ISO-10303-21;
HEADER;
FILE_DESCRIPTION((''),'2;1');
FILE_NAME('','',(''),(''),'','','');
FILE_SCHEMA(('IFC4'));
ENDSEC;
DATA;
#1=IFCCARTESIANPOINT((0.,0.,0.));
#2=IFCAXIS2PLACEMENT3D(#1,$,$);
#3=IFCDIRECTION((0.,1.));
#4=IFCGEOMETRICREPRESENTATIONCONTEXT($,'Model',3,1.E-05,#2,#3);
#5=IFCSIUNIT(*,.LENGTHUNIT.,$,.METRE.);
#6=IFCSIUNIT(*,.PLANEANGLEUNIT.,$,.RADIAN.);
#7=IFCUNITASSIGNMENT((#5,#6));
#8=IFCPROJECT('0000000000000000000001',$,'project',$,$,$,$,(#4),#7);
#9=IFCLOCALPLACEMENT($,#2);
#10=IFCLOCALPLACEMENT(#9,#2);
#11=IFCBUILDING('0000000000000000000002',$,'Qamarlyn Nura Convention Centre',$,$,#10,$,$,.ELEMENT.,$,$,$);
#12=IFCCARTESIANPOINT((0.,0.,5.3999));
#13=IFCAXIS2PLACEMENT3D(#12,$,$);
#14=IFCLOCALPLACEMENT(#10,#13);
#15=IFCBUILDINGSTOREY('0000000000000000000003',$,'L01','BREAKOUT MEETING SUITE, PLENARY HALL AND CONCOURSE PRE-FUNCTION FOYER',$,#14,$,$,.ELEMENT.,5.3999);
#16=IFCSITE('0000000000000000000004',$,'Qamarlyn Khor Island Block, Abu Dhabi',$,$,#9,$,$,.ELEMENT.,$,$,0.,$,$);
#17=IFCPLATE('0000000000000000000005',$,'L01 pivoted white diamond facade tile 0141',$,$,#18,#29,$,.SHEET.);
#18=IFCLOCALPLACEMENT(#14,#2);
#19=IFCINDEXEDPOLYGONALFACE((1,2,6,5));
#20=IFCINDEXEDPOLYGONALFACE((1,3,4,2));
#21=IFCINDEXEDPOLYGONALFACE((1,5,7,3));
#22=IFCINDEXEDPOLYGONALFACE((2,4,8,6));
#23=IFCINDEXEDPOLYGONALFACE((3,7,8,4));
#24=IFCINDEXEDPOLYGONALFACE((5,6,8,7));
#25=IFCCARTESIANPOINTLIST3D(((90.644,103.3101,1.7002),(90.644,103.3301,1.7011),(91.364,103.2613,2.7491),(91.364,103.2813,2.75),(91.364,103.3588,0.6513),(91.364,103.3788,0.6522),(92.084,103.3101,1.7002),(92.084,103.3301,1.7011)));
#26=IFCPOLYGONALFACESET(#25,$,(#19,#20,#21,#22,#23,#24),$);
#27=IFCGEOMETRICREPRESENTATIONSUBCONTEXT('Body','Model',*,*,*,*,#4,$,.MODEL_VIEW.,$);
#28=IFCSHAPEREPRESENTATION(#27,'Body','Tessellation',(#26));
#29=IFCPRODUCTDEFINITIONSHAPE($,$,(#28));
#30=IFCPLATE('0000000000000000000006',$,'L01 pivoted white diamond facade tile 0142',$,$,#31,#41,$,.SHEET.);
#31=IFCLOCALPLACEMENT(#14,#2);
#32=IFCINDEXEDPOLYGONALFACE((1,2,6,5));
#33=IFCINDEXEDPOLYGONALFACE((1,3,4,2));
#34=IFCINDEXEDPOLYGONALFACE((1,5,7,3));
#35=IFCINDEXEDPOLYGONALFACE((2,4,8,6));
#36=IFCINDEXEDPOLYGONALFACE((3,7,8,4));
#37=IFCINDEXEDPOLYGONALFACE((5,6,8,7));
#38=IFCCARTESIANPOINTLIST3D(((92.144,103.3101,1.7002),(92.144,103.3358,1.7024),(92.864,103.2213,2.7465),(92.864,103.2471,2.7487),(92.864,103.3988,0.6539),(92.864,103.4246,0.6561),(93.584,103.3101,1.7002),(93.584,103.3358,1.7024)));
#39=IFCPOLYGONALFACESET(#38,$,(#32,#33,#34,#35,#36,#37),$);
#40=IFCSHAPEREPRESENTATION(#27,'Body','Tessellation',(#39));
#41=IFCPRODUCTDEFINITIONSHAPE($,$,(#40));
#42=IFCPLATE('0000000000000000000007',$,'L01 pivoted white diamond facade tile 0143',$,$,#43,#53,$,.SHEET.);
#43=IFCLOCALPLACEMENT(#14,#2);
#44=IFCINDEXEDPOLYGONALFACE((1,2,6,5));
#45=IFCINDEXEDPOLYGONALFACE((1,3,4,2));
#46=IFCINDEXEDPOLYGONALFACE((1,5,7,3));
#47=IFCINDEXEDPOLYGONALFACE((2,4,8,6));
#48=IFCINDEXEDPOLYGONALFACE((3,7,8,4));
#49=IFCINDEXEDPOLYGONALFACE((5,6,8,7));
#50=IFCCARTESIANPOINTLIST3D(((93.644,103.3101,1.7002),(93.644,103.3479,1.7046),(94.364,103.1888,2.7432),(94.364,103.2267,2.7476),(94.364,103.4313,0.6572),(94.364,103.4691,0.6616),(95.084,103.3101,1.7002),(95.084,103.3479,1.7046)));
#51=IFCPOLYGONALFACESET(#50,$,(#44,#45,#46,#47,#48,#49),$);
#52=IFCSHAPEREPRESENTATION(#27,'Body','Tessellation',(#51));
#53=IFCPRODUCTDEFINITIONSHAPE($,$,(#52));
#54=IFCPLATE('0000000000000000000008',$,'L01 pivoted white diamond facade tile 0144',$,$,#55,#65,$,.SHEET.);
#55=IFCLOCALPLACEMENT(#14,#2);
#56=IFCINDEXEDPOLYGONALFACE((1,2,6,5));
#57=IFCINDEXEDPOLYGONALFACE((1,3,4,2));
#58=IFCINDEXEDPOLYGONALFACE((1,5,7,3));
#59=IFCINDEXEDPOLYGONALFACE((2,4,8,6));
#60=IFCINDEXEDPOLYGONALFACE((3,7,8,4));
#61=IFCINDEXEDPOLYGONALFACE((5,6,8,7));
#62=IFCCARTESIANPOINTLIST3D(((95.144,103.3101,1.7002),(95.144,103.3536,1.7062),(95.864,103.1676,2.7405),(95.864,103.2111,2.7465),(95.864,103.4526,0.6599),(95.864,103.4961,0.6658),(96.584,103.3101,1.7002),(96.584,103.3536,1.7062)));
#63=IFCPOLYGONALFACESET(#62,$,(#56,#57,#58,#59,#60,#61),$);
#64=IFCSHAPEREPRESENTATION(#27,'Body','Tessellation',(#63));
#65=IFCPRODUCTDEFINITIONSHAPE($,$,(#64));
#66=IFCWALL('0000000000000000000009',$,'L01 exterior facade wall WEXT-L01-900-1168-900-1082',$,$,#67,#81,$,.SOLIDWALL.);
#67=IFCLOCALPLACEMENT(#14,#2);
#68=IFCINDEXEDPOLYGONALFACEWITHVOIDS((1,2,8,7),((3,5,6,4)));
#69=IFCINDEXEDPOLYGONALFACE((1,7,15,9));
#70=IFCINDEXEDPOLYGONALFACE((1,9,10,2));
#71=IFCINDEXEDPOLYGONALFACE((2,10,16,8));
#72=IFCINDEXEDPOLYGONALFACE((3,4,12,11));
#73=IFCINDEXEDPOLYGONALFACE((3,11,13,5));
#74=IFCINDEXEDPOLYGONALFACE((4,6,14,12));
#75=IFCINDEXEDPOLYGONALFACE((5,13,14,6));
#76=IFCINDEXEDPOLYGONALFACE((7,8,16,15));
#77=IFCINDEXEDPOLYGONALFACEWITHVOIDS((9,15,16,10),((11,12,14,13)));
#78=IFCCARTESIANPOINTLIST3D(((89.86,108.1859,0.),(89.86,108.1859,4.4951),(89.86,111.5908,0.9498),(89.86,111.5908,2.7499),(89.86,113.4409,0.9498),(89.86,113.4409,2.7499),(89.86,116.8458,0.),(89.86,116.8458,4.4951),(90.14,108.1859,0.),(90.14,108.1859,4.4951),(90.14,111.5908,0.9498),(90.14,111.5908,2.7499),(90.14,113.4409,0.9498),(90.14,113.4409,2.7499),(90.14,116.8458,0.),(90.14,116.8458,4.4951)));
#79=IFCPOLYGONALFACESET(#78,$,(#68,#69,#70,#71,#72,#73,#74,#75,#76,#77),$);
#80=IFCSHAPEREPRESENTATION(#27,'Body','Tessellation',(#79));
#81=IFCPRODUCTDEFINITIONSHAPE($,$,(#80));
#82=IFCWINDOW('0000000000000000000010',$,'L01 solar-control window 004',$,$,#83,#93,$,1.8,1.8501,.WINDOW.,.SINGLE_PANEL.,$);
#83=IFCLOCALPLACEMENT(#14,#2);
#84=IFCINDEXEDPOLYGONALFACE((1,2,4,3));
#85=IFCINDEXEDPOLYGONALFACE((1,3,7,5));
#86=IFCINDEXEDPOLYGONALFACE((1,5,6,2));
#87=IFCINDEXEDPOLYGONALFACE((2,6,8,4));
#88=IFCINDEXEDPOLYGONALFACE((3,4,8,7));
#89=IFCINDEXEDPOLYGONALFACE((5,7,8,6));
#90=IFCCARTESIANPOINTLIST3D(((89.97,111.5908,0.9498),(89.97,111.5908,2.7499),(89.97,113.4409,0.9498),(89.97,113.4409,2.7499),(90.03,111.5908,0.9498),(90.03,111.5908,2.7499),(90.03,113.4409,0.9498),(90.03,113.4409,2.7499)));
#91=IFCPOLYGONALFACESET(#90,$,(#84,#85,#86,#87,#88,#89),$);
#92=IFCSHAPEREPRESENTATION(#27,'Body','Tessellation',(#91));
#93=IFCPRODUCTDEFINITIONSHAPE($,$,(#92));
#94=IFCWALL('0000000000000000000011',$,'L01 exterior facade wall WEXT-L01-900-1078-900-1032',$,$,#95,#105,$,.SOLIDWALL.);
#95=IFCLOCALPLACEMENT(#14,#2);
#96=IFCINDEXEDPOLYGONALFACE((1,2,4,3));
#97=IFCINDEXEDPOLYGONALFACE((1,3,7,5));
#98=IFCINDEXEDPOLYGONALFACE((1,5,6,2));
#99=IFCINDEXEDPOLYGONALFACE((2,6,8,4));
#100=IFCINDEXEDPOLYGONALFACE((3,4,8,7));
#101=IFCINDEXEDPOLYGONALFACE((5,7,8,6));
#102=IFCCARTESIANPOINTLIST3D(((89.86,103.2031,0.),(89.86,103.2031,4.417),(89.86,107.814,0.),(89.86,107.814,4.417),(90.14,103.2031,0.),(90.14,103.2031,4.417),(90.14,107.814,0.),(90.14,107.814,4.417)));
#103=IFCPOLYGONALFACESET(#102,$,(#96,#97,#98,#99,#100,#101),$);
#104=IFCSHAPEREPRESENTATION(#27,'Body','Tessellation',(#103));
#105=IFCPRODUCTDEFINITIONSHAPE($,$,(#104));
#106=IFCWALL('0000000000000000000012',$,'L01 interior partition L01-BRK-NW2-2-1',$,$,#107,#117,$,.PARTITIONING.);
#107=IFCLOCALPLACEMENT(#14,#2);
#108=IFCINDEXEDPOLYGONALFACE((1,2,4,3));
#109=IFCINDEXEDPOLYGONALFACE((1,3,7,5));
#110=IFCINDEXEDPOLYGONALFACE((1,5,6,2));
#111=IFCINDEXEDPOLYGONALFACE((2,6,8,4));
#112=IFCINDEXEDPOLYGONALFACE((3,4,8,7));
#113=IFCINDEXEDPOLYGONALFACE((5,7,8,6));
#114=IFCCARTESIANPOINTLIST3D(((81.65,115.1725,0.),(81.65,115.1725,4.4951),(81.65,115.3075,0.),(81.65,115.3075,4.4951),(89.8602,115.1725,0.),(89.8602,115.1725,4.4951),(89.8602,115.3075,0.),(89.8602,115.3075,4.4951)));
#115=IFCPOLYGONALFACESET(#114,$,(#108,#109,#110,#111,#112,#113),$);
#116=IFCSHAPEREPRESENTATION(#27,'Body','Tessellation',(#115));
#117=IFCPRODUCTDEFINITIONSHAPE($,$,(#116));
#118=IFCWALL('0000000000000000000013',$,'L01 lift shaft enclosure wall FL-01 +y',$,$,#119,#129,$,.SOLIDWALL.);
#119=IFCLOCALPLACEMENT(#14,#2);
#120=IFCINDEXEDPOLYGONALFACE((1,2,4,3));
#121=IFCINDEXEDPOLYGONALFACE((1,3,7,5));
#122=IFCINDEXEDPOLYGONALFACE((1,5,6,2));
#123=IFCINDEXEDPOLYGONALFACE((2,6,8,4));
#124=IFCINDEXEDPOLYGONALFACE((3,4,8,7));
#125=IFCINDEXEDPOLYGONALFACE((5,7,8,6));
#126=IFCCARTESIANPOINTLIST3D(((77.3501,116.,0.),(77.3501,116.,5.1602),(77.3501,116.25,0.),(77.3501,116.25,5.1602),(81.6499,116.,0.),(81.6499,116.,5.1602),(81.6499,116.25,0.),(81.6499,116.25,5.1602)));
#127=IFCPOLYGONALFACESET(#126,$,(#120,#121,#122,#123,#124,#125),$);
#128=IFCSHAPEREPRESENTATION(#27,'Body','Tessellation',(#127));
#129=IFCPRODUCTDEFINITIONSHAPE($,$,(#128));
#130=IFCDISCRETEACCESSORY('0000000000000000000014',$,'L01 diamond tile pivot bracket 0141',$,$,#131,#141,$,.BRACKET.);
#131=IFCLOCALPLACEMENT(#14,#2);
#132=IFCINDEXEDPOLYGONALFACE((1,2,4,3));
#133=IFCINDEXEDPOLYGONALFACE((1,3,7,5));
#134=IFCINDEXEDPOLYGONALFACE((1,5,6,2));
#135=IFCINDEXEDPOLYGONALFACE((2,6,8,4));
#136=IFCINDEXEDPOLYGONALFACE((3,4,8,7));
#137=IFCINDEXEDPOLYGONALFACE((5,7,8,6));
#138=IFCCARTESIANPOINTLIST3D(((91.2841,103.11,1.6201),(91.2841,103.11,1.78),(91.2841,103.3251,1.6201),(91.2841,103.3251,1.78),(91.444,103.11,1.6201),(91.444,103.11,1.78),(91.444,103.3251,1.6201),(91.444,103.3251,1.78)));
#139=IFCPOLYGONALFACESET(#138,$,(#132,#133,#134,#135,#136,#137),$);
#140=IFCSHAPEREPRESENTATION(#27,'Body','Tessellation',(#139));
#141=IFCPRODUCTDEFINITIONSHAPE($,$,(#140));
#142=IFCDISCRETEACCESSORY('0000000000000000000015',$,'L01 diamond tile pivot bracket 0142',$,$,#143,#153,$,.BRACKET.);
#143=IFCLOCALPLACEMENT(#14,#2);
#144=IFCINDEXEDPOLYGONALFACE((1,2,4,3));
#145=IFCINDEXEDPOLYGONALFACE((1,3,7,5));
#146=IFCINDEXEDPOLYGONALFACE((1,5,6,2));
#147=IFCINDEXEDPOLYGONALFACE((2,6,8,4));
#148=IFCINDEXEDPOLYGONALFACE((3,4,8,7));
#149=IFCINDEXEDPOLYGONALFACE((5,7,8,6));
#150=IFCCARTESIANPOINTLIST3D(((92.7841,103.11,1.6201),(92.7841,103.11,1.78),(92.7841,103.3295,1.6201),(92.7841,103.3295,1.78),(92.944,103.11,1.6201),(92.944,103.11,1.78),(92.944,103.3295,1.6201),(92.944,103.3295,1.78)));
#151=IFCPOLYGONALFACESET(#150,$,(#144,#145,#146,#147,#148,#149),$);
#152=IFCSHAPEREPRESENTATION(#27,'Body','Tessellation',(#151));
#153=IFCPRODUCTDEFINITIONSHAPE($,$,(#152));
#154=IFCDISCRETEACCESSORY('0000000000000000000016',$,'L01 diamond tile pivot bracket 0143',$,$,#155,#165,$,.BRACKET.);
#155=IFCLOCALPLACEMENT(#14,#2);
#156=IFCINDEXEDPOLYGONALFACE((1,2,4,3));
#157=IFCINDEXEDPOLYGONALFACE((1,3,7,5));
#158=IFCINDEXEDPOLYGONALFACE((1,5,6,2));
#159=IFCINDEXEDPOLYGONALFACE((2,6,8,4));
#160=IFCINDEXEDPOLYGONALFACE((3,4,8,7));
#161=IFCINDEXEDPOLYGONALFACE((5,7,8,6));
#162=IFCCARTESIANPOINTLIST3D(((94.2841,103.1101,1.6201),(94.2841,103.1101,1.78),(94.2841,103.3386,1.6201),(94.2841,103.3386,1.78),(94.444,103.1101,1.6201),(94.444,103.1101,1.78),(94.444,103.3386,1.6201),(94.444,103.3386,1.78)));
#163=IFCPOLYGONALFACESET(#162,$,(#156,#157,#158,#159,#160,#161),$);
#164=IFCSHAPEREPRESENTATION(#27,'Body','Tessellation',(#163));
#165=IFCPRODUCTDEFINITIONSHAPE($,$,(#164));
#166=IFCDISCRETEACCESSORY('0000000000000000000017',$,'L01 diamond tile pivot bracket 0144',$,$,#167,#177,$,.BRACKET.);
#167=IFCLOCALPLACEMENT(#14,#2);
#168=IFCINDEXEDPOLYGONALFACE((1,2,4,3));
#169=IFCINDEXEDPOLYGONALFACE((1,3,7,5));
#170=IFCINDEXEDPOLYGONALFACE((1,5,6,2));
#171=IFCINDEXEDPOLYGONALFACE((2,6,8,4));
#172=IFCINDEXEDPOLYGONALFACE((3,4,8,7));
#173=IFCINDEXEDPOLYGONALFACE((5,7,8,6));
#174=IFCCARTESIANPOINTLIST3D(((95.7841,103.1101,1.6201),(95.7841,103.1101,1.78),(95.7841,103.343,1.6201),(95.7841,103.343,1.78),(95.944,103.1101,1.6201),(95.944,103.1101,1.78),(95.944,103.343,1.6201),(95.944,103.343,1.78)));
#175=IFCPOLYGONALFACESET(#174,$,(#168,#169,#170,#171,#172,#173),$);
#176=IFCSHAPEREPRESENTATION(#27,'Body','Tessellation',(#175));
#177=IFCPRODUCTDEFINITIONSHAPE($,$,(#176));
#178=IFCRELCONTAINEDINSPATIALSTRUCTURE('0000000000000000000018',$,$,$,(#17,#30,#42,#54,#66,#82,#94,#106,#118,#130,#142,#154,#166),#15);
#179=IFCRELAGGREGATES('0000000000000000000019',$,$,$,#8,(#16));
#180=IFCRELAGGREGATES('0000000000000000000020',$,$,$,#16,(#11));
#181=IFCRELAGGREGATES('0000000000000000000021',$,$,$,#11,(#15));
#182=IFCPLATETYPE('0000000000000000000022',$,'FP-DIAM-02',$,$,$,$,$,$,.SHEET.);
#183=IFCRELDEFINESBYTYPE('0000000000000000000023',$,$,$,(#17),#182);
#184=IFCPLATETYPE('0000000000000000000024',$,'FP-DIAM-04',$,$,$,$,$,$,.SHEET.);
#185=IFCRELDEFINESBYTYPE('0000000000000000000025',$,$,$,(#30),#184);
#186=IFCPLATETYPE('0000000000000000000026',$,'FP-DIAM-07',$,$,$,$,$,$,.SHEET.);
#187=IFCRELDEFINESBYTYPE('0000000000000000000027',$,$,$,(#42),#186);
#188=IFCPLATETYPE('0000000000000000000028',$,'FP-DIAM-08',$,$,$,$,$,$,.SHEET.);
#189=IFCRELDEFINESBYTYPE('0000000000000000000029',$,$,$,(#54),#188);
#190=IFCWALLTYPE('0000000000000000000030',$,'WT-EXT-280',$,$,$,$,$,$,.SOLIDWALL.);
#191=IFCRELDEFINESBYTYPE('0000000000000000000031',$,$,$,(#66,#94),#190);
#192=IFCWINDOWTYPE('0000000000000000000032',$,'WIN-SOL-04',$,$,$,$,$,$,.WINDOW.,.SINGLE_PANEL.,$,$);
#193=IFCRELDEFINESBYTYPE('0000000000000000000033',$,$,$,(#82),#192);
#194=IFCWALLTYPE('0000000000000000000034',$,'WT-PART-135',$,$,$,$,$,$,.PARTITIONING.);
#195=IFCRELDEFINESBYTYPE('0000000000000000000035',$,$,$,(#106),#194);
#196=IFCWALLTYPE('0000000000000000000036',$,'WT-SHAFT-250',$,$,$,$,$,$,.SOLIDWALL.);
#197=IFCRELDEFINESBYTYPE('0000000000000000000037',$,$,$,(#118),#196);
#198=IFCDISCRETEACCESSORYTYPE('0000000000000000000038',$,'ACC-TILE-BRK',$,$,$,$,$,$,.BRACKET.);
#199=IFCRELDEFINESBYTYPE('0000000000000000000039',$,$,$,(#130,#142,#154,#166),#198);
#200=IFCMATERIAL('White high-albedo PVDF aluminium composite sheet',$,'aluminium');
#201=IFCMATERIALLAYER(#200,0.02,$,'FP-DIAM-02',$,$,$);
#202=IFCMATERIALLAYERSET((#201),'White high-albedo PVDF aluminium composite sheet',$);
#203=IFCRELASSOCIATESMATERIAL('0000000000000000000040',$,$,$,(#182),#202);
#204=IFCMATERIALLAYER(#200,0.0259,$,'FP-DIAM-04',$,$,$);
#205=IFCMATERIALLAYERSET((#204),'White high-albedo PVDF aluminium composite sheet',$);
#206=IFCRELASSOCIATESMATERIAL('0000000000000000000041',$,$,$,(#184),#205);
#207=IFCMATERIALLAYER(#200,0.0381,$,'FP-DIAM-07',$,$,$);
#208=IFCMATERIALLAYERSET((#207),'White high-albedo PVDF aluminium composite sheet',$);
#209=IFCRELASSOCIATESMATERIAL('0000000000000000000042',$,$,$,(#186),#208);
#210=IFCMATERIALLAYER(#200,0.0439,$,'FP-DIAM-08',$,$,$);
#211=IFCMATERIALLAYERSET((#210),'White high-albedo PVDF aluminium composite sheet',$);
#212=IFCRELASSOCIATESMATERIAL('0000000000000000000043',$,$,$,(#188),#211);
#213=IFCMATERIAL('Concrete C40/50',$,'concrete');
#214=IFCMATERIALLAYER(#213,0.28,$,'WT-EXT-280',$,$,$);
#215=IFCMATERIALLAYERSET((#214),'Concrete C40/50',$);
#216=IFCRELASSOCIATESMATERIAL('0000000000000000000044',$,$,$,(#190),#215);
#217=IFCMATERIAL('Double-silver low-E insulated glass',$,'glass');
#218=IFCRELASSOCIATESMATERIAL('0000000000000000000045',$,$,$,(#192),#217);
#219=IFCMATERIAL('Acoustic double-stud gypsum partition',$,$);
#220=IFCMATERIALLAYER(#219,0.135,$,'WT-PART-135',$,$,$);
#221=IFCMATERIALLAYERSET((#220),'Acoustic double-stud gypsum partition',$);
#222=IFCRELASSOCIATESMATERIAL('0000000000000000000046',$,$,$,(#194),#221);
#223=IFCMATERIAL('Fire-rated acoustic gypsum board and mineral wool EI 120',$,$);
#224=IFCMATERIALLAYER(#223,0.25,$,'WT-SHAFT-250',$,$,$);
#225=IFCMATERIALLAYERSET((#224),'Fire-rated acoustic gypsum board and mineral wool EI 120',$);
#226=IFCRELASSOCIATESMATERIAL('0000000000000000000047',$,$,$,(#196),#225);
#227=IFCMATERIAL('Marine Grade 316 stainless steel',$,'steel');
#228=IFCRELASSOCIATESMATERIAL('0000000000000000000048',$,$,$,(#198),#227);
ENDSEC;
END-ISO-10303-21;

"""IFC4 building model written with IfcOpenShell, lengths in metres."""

from ifc_helpers import new_model, si_unit, direction, frame, frame_2d, origin, origin_2d, place, context, subcontext, project, spatial, polyline, rectangle, outline, extrude, material, layer, layer_set, type_object, element, fill, save


model = new_model("IFC4")

# Units and contexts
model_context = context("Model", 3, precision=1e-05, world=origin(), true_north=direction((0.0, 1.0)))
body_context = subcontext(model_context, "Body", "Model", "MODEL_VIEW")
ifc_project = project(units=[si_unit("LENGTHUNIT", "METRE"), si_unit("PLANEANGLEUNIT", "RADIAN")], contexts=[model_context])

# Site, building, storey
site_placement = place(None, origin())
site = spatial("IfcSite", under=ifc_project, at=site_placement, Name="Qamarlyn Khor Island Block, Abu Dhabi", CompositionType="ELEMENT", RefElevation=0.0)
building_placement = place(site_placement, origin())
building = spatial("IfcBuilding", under=site, at=building_placement, Name="Qamarlyn Nura Convention Centre", CompositionType="ELEMENT")
storey_placement = place(building_placement, frame((0.0, 0.0, 5.3999)))
storey = spatial("IfcBuildingStorey", under=building, at=storey_placement, Name="L01", Description="BREAKOUT MEETING SUITE, PLENARY HALL AND CONCOURSE PRE-FUNCTION FOYER", CompositionType="ELEMENT", Elevation=5.3999)

# Plates
ifc_material_1 = material(Name="White high-albedo PVDF aluminium composite sheet", Category="aluminium")
ifc_layer_1 = layer(ifc_material_1, 0.02, Name="FP-DIAM-02")
ifc_layer_set_1 = layer_set([ifc_layer_1], Name="White high-albedo PVDF aluminium composite sheet")
plate_type_1 = type_object("IfcPlateType", Name="FP-DIAM-02", PredefinedType="SHEET", material=ifc_layer_set_1)
plate_1_placement = place(storey_placement, frame((91.364, 103.3101, 1.7002), z_axis=(0.0, 0.998923, 0.046409), x_axis=(-1.0, 0.0, 0.0)))
element("IfcPlate", 1, at=plate_1_placement, inside=storey, type_object=plate_type_1, Name="L01 pivoted white diamond facade tile 0141", PredefinedType="SHEET", context=body_context, shape_type="SweptSolid", body=[
    extrude(outline(polyline([(-0.72, 0.0), (0.0, -1.05), (0.72, 0.0), (0.0, 1.05), (-0.72, 0.0)])), origin(), (0.0, 0.0, 1.0), 0.02),
])
ifc_layer_2 = layer(ifc_material_1, 0.0259, Name="FP-DIAM-04")
ifc_layer_set_2 = layer_set([ifc_layer_2], Name="White high-albedo PVDF aluminium composite sheet")
plate_type_2 = type_object("IfcPlateType", Name="FP-DIAM-04", PredefinedType="SHEET", material=ifc_layer_set_2)
plate_2_placement = place(storey_placement, frame((92.864, 103.3101, 1.7002), z_axis=(0.0, 0.996419, 0.084547), x_axis=(-1.0, 0.0, 0.0)))
element("IfcPlate", 2, at=plate_2_placement, inside=storey, type_object=plate_type_2, Name="L01 pivoted white diamond facade tile 0142", PredefinedType="SHEET", context=body_context, shape_type="SweptSolid", body=[
    extrude(outline(polyline([(-0.72, 0.0), (0.0, -1.05), (0.72, 0.0), (0.0, 1.05), (-0.72, 0.0)])), origin(), (0.0, 0.0, 1.0), 0.0259),
])
ifc_layer_3 = layer(ifc_material_1, 0.0381, Name="FP-DIAM-07")
ifc_layer_set_3 = layer_set([ifc_layer_3], Name="White high-albedo PVDF aluminium composite sheet")
plate_type_3 = type_object("IfcPlateType", Name="FP-DIAM-07", PredefinedType="SHEET", material=ifc_layer_set_3)
plate_3_placement = place(storey_placement, frame((94.364, 103.3101, 1.7002), z_axis=(0.0, 0.993312, 0.115457), x_axis=(-1.0, 0.0, 0.0)))
element("IfcPlate", 3, at=plate_3_placement, inside=storey, type_object=plate_type_3, Name="L01 pivoted white diamond facade tile 0143", PredefinedType="SHEET", context=body_context, shape_type="SweptSolid", body=[
    extrude(outline(polyline([(-0.72, 0.0), (0.0, -1.05), (0.72, 0.0), (0.0, 1.05), (-0.72, 0.0)])), origin(), (0.0, 0.0, 1.0), 0.0381),
])
ifc_layer_4 = layer(ifc_material_1, 0.0439, Name="FP-DIAM-08")
ifc_layer_set_4 = layer_set([ifc_layer_4], Name="White high-albedo PVDF aluminium composite sheet")
plate_type_4 = type_object("IfcPlateType", Name="FP-DIAM-08", PredefinedType="SHEET", material=ifc_layer_set_4)
plate_4_placement = place(storey_placement, frame((95.864, 103.3101, 1.7002), z_axis=(0.0, 0.990748, 0.135716), x_axis=(-1.0, 0.0, 0.0)))
element("IfcPlate", 4, at=plate_4_placement, inside=storey, type_object=plate_type_4, Name="L01 pivoted white diamond facade tile 0144", PredefinedType="SHEET", context=body_context, shape_type="SweptSolid", body=[
    extrude(outline(polyline([(-0.72, 0.0), (0.0, -1.05), (0.72, 0.0), (0.0, 1.05), (-0.72, 0.0)])), origin(), (0.0, 0.0, 1.0), 0.0439),
])

# Wall, opening, window
ifc_material_2 = material(Name="Concrete C40/50", Category="concrete")
ifc_layer_5 = layer(ifc_material_2, 0.28, Name="WT-EXT-280")
ifc_layer_set_5 = layer_set([ifc_layer_5], Name="Concrete C40/50")
wall_type_1 = type_object("IfcWallType", Name="WT-EXT-280", PredefinedType="SOLIDWALL", material=ifc_layer_set_5)
wall_1_placement = place(storey_placement, frame((90.0, 116.8459, 0.0), z_axis=(0.0, 0.0, 1.0), x_axis=(0.0, -1.0, 0.0)))
wall_1 = element("IfcWall", 5, at=wall_1_placement, inside=storey, type_object=wall_type_1, Name="L01 exterior facade wall WEXT-L01-900-1168-900-1082", PredefinedType="SOLIDWALL", context=body_context, shape_type="SweptSolid", body=[
    extrude(rectangle(XDim=8.6599, YDim=0.28, at=frame_2d((4.3301, 0.0))), origin(), (0.0, 0.0, 1.0), 4.4951),
])
opening_placement = place(wall_1_placement, frame((3.405, 0.0, 0.95)))
opening = element("IfcOpeningElement", 6, at=opening_placement, cuts=wall_1, PredefinedType="OPENING", context=body_context, shape_type="SweptSolid", body=[
    extrude(rectangle(XDim=1.8501, YDim=1.8, at=frame_2d((0.925, 0.8999))), frame((0.0, 0.1499, 0.0), z_axis=(0.0, -1.0, 0.0), x_axis=(1.0, 0.0, 0.0)), (0.0, 0.0, 1.0), 0.3),
])
ifc_material_3 = material(Name="Double-silver low-E insulated glass", Category="glass")
window_type = type_object("IfcWindowType", Name="WIN-SOL-04", PartitioningType="SINGLE_PANEL", PredefinedType="WINDOW", material=ifc_material_3)
window_placement = place(opening_placement, origin())
window = element("IfcWindow", 7, at=window_placement, inside=storey, type_object=window_type, Name="L01 solar-control window 004", OverallHeight=1.8, OverallWidth=1.8501, PartitioningType="SINGLE_PANEL", PredefinedType="WINDOW", context=body_context, shape_type="SweptSolid", body=[
    extrude(rectangle(XDim=1.8501, YDim=1.8, at=frame_2d((0.925, 0.8999))), frame((0.0, 0.03, 0.0), z_axis=(0.0, -1.0, 0.0), x_axis=(1.0, 0.0, 0.0)), (0.0, 0.0, 1.0), 0.0601),
])
fill(opening, window)

# Walls
wall_2_placement = place(storey_placement, frame((90.0, 107.814, 0.0), z_axis=(0.0, 0.0, 1.0), x_axis=(0.0, -1.0, 0.0)))
element("IfcWall", 8, at=wall_2_placement, inside=storey, type_object=wall_type_1, Name="L01 exterior facade wall WEXT-L01-900-1078-900-1032", PredefinedType="SOLIDWALL", context=body_context, shape_type="SweptSolid", body=[
    extrude(rectangle(XDim=4.6108, YDim=0.28, at=frame_2d((2.3054, 0.0))), origin(), (0.0, 0.0, 1.0), 4.417),
])
ifc_material_4 = material(Name="Acoustic double-stud gypsum partition")
ifc_layer_6 = layer(ifc_material_4, 0.135, Name="WT-PART-135")
ifc_layer_set_6 = layer_set([ifc_layer_6], Name="Acoustic double-stud gypsum partition")
wall_type_2 = type_object("IfcWallType", Name="WT-PART-135", PredefinedType="PARTITIONING", material=ifc_layer_set_6)
wall_3_placement = place(storey_placement, frame((89.8601, 115.24, 0.0), z_axis=(0.0, 0.0, 1.0), x_axis=(-1.0, 0.0, 0.0)))
element("IfcWall", 9, at=wall_3_placement, inside=storey, type_object=wall_type_2, Name="L01 interior partition L01-BRK-NW2-2-1", PredefinedType="PARTITIONING", context=body_context, shape_type="SweptSolid", body=[
    extrude(rectangle(XDim=8.2102, YDim=0.135, at=frame_2d((4.105, 0.0))), origin(), (0.0, 0.0, 1.0), 4.4951),
])
ifc_material_5 = material(Name="Fire-rated acoustic gypsum board and mineral wool EI 120")
ifc_layer_7 = layer(ifc_material_5, 0.25, Name="WT-SHAFT-250")
ifc_layer_set_7 = layer_set([ifc_layer_7], Name="Fire-rated acoustic gypsum board and mineral wool EI 120")
wall_type_3 = type_object("IfcWallType", Name="WT-SHAFT-250", PredefinedType="SOLIDWALL", material=ifc_layer_set_7)
wall_4_placement = place(storey_placement, frame((81.6499, 116.125, 0.0), z_axis=(0.0, 0.0, 1.0), x_axis=(-1.0, 0.0, 0.0)))
element("IfcWall", 10, at=wall_4_placement, inside=storey, type_object=wall_type_3, Name="L01 lift shaft enclosure wall FL-01 +y", PredefinedType="SOLIDWALL", context=body_context, shape_type="SweptSolid", body=[
    extrude(rectangle(XDim=4.2998, YDim=0.25, at=frame_2d((2.1499, 0.0))), origin(), (0.0, 0.0, 1.0), 5.1602),
])

# Discrete accessories
ifc_material_6 = material(Name="Marine Grade 316 stainless steel", Category="steel")
discrete_accessory_type = type_object("IfcDiscreteAccessoryType", Name="ACC-TILE-BRK", PredefinedType="BRACKET", material=ifc_material_6)
discrete_accessory_1_placement = place(storey_placement, frame((91.364, 103.2175, 1.6201), z_axis=(0.0, 0.0, 1.0), x_axis=(0.0, 1.0, 0.0)))
element("IfcDiscreteAccessory", 11, at=discrete_accessory_1_placement, inside=storey, type_object=discrete_accessory_type, Name="L01 diamond tile pivot bracket 0141", PredefinedType="BRACKET", context=body_context, shape_type="SweptSolid", body=[
    extrude(rectangle(XDim=0.2151, YDim=0.1599, at=origin_2d()), origin(), (0.0, 0.0, 1.0), 0.1599),
])
discrete_accessory_2_placement = place(storey_placement, frame((92.864, 103.2197, 1.6201), z_axis=(0.0, 0.0, 1.0), x_axis=(0.0, 1.0, 0.0)))
element("IfcDiscreteAccessory", 12, at=discrete_accessory_2_placement, inside=storey, type_object=discrete_accessory_type, Name="L01 diamond tile pivot bracket 0142", PredefinedType="BRACKET", context=body_context, shape_type="SweptSolid", body=[
    extrude(rectangle(XDim=0.2195, YDim=0.1599, at=origin_2d()), origin(), (0.0, 0.0, 1.0), 0.1599),
])
discrete_accessory_3_placement = place(storey_placement, frame((94.364, 103.2244, 1.6201), z_axis=(0.0, 0.0, 1.0), x_axis=(0.0, 1.0, 0.0)))
element("IfcDiscreteAccessory", 13, at=discrete_accessory_3_placement, inside=storey, type_object=discrete_accessory_type, Name="L01 diamond tile pivot bracket 0143", PredefinedType="BRACKET", context=body_context, shape_type="SweptSolid", body=[
    extrude(rectangle(XDim=0.2285, YDim=0.1599, at=origin_2d()), origin(), (0.0, 0.0, 1.0), 0.1599),
])
discrete_accessory_4_placement = place(storey_placement, frame((95.864, 103.2266, 1.6201), z_axis=(0.0, 0.0, 1.0), x_axis=(0.0, 1.0, 0.0)))
element("IfcDiscreteAccessory", 14, at=discrete_accessory_4_placement, inside=storey, type_object=discrete_accessory_type, Name="L01 diamond tile pivot bracket 0144", PredefinedType="BRACKET", context=body_context, shape_type="SweptSolid", body=[
    extrude(rectangle(XDim=0.2329, YDim=0.1599, at=origin_2d()), origin(), (0.0, 0.0, 1.0), 0.1599),
])

save(model, "model.ifc")
